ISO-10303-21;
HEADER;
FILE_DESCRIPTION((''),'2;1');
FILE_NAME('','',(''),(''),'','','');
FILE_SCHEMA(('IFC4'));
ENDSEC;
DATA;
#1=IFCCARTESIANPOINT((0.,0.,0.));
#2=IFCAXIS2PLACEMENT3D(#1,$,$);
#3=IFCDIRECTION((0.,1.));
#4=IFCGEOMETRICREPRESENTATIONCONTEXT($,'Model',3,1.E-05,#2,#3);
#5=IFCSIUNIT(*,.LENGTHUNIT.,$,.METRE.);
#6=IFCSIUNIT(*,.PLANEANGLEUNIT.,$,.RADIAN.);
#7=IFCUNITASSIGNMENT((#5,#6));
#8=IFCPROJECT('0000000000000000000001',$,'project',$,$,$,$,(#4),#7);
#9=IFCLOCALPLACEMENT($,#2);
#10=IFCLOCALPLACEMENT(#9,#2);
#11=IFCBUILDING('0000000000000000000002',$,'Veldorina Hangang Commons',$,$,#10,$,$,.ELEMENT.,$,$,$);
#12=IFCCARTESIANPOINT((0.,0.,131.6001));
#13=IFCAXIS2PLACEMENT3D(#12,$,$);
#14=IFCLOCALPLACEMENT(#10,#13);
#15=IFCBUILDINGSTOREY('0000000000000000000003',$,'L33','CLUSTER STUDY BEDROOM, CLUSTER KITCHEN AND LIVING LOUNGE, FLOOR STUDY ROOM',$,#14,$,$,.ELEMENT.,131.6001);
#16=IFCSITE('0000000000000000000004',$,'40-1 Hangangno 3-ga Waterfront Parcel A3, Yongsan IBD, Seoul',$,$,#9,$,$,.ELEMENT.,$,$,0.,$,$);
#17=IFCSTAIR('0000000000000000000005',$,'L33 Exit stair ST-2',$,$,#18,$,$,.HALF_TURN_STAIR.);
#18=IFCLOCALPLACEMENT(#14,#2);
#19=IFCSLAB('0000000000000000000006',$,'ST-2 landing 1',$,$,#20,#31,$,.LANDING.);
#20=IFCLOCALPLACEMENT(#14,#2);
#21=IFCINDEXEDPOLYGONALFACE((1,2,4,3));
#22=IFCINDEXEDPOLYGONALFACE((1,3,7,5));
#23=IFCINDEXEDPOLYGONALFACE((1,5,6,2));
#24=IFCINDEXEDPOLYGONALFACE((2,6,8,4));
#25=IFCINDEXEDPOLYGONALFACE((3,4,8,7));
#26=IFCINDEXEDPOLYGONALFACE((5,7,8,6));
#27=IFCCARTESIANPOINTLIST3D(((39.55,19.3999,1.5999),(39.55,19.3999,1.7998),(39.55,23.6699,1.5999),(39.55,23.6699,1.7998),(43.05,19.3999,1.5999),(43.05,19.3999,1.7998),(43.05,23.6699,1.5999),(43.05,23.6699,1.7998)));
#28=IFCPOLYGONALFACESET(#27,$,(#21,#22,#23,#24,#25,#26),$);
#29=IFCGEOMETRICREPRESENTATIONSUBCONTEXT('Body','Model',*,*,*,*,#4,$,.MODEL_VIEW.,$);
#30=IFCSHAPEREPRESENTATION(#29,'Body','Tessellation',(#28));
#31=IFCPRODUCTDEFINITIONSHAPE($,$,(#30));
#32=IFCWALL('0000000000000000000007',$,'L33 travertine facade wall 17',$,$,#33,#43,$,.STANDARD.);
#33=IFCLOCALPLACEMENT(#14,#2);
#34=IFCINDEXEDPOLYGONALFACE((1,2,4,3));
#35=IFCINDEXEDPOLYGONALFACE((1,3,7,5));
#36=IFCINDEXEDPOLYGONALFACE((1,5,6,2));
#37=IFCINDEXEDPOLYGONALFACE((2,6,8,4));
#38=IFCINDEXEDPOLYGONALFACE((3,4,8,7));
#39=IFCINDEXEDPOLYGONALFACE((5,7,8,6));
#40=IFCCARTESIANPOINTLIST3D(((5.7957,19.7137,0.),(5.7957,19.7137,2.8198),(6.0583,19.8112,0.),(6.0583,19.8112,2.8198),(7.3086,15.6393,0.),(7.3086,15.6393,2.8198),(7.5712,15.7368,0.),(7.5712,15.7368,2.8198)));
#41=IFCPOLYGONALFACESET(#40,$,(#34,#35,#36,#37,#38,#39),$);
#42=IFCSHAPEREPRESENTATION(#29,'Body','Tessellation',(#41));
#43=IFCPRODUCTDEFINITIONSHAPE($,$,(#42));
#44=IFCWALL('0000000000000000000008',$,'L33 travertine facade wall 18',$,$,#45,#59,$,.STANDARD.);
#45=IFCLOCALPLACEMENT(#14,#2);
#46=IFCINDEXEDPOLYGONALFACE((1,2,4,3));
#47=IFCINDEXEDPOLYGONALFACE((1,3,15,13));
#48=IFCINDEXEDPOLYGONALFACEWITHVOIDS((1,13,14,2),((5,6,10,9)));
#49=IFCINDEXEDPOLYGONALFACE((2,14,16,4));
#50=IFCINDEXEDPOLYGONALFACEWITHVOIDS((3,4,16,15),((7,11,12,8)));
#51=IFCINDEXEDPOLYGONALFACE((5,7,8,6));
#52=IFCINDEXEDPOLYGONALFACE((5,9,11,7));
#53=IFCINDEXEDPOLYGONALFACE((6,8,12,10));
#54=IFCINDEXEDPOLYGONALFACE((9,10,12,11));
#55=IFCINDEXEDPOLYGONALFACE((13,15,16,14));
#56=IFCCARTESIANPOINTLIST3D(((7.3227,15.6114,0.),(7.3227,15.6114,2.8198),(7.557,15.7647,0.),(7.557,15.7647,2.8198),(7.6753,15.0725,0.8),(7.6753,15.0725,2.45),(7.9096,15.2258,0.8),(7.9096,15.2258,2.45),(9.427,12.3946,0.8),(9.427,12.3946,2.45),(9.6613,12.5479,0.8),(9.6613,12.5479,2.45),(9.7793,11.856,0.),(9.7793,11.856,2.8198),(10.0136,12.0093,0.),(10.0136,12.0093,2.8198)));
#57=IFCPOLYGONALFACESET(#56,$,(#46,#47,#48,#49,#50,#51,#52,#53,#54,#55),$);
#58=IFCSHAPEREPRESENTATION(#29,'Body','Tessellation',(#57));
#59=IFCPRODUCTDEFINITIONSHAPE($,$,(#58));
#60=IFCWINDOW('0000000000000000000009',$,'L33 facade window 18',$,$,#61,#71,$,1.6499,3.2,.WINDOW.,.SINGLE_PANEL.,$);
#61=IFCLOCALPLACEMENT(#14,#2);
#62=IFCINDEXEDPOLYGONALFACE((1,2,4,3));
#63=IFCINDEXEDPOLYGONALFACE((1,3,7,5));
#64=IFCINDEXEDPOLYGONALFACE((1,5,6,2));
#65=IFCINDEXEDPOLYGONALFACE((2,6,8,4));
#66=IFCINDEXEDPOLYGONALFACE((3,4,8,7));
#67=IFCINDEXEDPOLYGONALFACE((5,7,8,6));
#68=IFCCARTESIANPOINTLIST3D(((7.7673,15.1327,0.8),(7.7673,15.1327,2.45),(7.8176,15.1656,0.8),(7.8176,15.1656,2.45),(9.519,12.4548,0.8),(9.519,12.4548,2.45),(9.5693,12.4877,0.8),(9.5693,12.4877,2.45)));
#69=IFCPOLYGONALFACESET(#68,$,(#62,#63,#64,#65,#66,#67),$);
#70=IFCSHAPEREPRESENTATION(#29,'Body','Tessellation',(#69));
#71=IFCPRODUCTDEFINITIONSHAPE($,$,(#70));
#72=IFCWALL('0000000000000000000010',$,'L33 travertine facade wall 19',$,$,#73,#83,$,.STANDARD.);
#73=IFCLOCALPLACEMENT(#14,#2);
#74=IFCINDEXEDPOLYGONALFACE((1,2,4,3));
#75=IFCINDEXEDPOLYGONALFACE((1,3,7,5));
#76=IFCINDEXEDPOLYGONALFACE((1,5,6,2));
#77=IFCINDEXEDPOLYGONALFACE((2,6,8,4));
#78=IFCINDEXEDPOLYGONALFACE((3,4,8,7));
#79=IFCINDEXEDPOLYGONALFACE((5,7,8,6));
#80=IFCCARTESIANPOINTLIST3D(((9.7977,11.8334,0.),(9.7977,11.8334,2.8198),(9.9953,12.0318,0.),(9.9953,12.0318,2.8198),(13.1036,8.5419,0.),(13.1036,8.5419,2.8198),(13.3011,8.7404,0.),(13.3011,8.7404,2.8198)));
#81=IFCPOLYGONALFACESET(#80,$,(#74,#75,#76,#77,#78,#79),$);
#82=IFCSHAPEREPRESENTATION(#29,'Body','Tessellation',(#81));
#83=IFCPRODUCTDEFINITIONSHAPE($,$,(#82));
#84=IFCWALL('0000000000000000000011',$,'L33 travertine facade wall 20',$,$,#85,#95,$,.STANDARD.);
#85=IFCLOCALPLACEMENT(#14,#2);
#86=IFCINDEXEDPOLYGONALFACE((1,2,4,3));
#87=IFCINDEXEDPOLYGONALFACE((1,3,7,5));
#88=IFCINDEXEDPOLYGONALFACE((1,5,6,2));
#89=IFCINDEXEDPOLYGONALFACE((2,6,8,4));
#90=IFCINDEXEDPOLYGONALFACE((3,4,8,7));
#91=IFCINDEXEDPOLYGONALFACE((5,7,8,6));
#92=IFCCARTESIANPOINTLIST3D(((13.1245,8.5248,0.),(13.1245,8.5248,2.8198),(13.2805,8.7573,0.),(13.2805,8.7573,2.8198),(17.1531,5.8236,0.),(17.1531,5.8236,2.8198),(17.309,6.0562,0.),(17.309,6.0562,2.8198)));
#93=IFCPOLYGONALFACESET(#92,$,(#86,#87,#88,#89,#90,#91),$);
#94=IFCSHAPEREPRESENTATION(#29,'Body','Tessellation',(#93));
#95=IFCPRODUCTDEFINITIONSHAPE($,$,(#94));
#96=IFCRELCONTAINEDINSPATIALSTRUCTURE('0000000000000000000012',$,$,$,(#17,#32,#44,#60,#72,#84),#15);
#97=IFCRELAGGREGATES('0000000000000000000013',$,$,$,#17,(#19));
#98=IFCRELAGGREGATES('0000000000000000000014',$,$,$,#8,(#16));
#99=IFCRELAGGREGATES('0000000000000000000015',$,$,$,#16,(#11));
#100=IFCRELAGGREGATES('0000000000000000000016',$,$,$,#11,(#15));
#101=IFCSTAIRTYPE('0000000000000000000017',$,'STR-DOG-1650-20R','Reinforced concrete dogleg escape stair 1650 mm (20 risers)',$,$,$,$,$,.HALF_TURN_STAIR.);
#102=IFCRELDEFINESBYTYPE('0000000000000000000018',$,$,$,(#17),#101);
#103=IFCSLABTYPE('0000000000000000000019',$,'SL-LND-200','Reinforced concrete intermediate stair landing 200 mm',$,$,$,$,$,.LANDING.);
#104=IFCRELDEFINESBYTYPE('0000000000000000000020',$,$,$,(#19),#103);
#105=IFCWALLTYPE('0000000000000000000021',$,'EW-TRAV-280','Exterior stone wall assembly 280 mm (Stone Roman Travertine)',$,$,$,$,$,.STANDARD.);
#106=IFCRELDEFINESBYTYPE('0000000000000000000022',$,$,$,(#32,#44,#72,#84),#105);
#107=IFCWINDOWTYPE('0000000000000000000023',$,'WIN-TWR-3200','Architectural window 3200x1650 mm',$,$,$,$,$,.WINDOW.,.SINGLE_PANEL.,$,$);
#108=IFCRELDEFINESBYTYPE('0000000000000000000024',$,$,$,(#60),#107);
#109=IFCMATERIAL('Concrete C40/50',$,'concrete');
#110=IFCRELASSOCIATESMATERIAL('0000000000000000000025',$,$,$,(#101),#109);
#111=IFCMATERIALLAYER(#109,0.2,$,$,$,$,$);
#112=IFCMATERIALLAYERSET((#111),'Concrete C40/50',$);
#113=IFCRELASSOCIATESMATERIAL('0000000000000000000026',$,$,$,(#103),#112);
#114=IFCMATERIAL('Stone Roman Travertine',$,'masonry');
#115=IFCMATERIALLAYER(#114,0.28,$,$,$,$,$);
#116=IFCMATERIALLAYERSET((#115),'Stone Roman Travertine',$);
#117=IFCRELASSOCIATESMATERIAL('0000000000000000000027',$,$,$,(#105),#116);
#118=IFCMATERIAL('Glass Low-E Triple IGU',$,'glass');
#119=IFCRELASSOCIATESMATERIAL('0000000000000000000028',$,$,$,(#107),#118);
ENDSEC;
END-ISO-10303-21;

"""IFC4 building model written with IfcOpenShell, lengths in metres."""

from ifc_helpers import new_model, si_unit, direction, frame, frame_2d, origin, place, context, subcontext, project, spatial, polyline, rectangle, outline, extrude, material, layer, layer_set, type_object, element, fill, aggregate, save


model = new_model("IFC4")

# Units and contexts
model_context = context("Model", 3, precision=1e-05, world=origin(), true_north=direction((0.0, 1.0)))
body_context = subcontext(model_context, "Body", "Model", "MODEL_VIEW")
ifc_project = project(units=[si_unit("LENGTHUNIT", "METRE"), si_unit("PLANEANGLEUNIT", "RADIAN")], contexts=[model_context])

# Site, building, storey
site_placement = place(None, origin())
site = spatial("IfcSite", under=ifc_project, at=site_placement, Name="40-1 Hangangno 3-ga Waterfront Parcel A3, Yongsan IBD, Seoul", CompositionType="ELEMENT", RefElevation=0.0)
building_placement = place(site_placement, origin())
building = spatial("IfcBuilding", under=site, at=building_placement, Name="Veldorina Hangang Commons", CompositionType="ELEMENT")
storey_placement = place(building_placement, frame((0.0, 0.0, 131.6001)))
storey = spatial("IfcBuildingStorey", under=building, at=storey_placement, Name="L33", Description="CLUSTER STUDY BEDROOM, CLUSTER KITCHEN AND LIVING LOUNGE, FLOOR STUDY ROOM", CompositionType="ELEMENT", Elevation=131.6001)

# Shared definitions
ifc_material_1 = material(Name="Concrete C40/50", Category="concrete")

# Stair, slab
stair_type = type_object("IfcStairType", Name="STR-DOG-1650-20R", Description="Reinforced concrete dogleg escape stair 1650 mm (20 risers)", PredefinedType="HALF_TURN_STAIR", material=ifc_material_1)
ifc_layer_1 = layer(ifc_material_1, 0.2)
ifc_layer_set_1 = layer_set([ifc_layer_1], Name="Concrete C40/50")
slab_type_1 = type_object("IfcSlabType", Name="SL-LND-200", Description="Reinforced concrete intermediate stair landing 200 mm", PredefinedType="LANDING", material=ifc_layer_set_1)
stair_1_placement = place(storey_placement, origin())
stair_1 = element("IfcStair", 1, at=stair_1_placement, inside=storey, type_object=stair_type, Name="L33 Exit stair ST-2", PredefinedType="HALF_TURN_STAIR")
slab_1_placement = place(storey_placement, frame((0.0, 0.0, 1.5999)))
slab_1 = element("IfcSlab", 2, at=slab_1_placement, type_object=slab_type_1, Name="ST-2 landing 1", PredefinedType="LANDING", context=body_context, shape_type="SweptSolid", body=[
    extrude(outline(polyline([(39.55, 23.6699), (39.55, 19.3999), (43.05, 19.3999), (43.05, 23.6699), (39.55, 23.6699)])), origin(), (0.0, 0.0, 1.0), 0.2),
])
aggregate(stair_1, [slab_1])

# Wall
ifc_material_2 = material(Name="Stone Roman Travertine", Category="masonry")
ifc_layer_2 = layer(ifc_material_2, 0.28)
ifc_layer_set_2 = layer_set([ifc_layer_2], Name="Stone Roman Travertine")
wall_type = type_object("IfcWallType", Name="EW-TRAV-280", Description="Exterior stone wall assembly 280 mm (Stone Roman Travertine)", PredefinedType="STANDARD", material=ifc_layer_set_2)
wall_1_placement = place(storey_placement, frame((5.927, 19.7625, 0.0), z_axis=(0.0, 0.0, 1.0), x_axis=(0.348099, -0.937458, 0.0)))
element("IfcWall", 3, at=wall_1_placement, inside=storey, type_object=wall_type, Name="L33 travertine facade wall 17", PredefinedType="STANDARD", context=body_context, shape_type="SweptSolid", body=[
    extrude(rectangle(XDim=4.3462, YDim=0.28, at=frame_2d((2.1731, 0.0))), origin(), (0.0, 0.0, 1.0), 2.8198),
])

# Wall, opening, window
wall_2_placement = place(storey_placement, frame((7.4399, 15.688, 0.0), z_axis=(0.0, 0.0, 1.0), x_axis=(0.547422, -0.836857, 0.0)))
wall_2 = element("IfcWall", 4, at=wall_2_placement, inside=storey, type_object=wall_type, Name="L33 travertine facade wall 18", PredefinedType="STANDARD", context=body_context, shape_type="SweptSolid", body=[
    extrude(rectangle(XDim=4.4875, YDim=0.28, at=frame_2d((2.2437, 0.0))), origin(), (0.0, 0.0, 1.0), 2.8198),
])
opening_placement = place(wall_2_placement, frame((0.6438, 0.0, 0.8)))
opening = element("IfcOpeningElement", 5, at=opening_placement, cuts=wall_2, PredefinedType="OPENING", context=body_context, shape_type="SweptSolid", body=[
    extrude(rectangle(XDim=3.2, YDim=1.6499, at=frame_2d((1.6001, 0.825))), frame((0.0, 0.1499, 0.0), z_axis=(0.0, -1.0, 0.0), x_axis=(1.0, 0.0, 0.0)), (0.0, 0.0, 1.0), 0.3),
])
ifc_material_3 = material(Name="Glass Low-E Triple IGU", Category="glass")
window_type = type_object("IfcWindowType", Name="WIN-TWR-3200", Description="Architectural window 3200x1650 mm", PartitioningType="SINGLE_PANEL", PredefinedType="WINDOW", material=ifc_material_3)
window_placement = place(opening_placement, origin())
window = element("IfcWindow", 6, at=window_placement, inside=storey, type_object=window_type, Name="L33 facade window 18", OverallHeight=1.6499, OverallWidth=3.2, PartitioningType="SINGLE_PANEL", PredefinedType="WINDOW", context=body_context, shape_type="SweptSolid", body=[
    extrude(rectangle(XDim=3.2, YDim=1.6499, at=frame_2d((1.6001, 0.825))), frame((0.0, 0.03, 0.0), z_axis=(0.0, -1.0, 0.0), x_axis=(1.0, 0.0, 0.0)), (0.0, 0.0, 1.0), 0.0601),
])
fill(opening, window)

# Walls
wall_3_placement = place(storey_placement, frame((9.8965, 11.9326, 0.0), z_axis=(0.0, 0.0, 1.0), x_axis=(0.708649, -0.705561, 0.0)))
element("IfcWall", 7, at=wall_3_placement, inside=storey, type_object=wall_type, Name="L33 travertine facade wall 19", PredefinedType="STANDARD", context=body_context, shape_type="SweptSolid", body=[
    extrude(rectangle(XDim=4.665, YDim=0.28, at=frame_2d((2.3325, 0.0))), origin(), (0.0, 0.0, 1.0), 2.8198),
])
wall_4_placement = place(storey_placement, frame((13.2024, 8.6411, 0.0), z_axis=(0.0, 0.0, 1.0), x_axis=(0.830576, -0.556905, 0.0)))
element("IfcWall", 8, at=wall_4_placement, inside=storey, type_object=wall_type, Name="L33 travertine facade wall 20", PredefinedType="STANDARD", context=body_context, shape_type="SweptSolid", body=[
    extrude(rectangle(XDim=4.8503, YDim=0.28, at=frame_2d((2.4253, 0.0))), origin(), (0.0, 0.0, 1.0), 2.8198),
])

save(model, "model.ifc")
